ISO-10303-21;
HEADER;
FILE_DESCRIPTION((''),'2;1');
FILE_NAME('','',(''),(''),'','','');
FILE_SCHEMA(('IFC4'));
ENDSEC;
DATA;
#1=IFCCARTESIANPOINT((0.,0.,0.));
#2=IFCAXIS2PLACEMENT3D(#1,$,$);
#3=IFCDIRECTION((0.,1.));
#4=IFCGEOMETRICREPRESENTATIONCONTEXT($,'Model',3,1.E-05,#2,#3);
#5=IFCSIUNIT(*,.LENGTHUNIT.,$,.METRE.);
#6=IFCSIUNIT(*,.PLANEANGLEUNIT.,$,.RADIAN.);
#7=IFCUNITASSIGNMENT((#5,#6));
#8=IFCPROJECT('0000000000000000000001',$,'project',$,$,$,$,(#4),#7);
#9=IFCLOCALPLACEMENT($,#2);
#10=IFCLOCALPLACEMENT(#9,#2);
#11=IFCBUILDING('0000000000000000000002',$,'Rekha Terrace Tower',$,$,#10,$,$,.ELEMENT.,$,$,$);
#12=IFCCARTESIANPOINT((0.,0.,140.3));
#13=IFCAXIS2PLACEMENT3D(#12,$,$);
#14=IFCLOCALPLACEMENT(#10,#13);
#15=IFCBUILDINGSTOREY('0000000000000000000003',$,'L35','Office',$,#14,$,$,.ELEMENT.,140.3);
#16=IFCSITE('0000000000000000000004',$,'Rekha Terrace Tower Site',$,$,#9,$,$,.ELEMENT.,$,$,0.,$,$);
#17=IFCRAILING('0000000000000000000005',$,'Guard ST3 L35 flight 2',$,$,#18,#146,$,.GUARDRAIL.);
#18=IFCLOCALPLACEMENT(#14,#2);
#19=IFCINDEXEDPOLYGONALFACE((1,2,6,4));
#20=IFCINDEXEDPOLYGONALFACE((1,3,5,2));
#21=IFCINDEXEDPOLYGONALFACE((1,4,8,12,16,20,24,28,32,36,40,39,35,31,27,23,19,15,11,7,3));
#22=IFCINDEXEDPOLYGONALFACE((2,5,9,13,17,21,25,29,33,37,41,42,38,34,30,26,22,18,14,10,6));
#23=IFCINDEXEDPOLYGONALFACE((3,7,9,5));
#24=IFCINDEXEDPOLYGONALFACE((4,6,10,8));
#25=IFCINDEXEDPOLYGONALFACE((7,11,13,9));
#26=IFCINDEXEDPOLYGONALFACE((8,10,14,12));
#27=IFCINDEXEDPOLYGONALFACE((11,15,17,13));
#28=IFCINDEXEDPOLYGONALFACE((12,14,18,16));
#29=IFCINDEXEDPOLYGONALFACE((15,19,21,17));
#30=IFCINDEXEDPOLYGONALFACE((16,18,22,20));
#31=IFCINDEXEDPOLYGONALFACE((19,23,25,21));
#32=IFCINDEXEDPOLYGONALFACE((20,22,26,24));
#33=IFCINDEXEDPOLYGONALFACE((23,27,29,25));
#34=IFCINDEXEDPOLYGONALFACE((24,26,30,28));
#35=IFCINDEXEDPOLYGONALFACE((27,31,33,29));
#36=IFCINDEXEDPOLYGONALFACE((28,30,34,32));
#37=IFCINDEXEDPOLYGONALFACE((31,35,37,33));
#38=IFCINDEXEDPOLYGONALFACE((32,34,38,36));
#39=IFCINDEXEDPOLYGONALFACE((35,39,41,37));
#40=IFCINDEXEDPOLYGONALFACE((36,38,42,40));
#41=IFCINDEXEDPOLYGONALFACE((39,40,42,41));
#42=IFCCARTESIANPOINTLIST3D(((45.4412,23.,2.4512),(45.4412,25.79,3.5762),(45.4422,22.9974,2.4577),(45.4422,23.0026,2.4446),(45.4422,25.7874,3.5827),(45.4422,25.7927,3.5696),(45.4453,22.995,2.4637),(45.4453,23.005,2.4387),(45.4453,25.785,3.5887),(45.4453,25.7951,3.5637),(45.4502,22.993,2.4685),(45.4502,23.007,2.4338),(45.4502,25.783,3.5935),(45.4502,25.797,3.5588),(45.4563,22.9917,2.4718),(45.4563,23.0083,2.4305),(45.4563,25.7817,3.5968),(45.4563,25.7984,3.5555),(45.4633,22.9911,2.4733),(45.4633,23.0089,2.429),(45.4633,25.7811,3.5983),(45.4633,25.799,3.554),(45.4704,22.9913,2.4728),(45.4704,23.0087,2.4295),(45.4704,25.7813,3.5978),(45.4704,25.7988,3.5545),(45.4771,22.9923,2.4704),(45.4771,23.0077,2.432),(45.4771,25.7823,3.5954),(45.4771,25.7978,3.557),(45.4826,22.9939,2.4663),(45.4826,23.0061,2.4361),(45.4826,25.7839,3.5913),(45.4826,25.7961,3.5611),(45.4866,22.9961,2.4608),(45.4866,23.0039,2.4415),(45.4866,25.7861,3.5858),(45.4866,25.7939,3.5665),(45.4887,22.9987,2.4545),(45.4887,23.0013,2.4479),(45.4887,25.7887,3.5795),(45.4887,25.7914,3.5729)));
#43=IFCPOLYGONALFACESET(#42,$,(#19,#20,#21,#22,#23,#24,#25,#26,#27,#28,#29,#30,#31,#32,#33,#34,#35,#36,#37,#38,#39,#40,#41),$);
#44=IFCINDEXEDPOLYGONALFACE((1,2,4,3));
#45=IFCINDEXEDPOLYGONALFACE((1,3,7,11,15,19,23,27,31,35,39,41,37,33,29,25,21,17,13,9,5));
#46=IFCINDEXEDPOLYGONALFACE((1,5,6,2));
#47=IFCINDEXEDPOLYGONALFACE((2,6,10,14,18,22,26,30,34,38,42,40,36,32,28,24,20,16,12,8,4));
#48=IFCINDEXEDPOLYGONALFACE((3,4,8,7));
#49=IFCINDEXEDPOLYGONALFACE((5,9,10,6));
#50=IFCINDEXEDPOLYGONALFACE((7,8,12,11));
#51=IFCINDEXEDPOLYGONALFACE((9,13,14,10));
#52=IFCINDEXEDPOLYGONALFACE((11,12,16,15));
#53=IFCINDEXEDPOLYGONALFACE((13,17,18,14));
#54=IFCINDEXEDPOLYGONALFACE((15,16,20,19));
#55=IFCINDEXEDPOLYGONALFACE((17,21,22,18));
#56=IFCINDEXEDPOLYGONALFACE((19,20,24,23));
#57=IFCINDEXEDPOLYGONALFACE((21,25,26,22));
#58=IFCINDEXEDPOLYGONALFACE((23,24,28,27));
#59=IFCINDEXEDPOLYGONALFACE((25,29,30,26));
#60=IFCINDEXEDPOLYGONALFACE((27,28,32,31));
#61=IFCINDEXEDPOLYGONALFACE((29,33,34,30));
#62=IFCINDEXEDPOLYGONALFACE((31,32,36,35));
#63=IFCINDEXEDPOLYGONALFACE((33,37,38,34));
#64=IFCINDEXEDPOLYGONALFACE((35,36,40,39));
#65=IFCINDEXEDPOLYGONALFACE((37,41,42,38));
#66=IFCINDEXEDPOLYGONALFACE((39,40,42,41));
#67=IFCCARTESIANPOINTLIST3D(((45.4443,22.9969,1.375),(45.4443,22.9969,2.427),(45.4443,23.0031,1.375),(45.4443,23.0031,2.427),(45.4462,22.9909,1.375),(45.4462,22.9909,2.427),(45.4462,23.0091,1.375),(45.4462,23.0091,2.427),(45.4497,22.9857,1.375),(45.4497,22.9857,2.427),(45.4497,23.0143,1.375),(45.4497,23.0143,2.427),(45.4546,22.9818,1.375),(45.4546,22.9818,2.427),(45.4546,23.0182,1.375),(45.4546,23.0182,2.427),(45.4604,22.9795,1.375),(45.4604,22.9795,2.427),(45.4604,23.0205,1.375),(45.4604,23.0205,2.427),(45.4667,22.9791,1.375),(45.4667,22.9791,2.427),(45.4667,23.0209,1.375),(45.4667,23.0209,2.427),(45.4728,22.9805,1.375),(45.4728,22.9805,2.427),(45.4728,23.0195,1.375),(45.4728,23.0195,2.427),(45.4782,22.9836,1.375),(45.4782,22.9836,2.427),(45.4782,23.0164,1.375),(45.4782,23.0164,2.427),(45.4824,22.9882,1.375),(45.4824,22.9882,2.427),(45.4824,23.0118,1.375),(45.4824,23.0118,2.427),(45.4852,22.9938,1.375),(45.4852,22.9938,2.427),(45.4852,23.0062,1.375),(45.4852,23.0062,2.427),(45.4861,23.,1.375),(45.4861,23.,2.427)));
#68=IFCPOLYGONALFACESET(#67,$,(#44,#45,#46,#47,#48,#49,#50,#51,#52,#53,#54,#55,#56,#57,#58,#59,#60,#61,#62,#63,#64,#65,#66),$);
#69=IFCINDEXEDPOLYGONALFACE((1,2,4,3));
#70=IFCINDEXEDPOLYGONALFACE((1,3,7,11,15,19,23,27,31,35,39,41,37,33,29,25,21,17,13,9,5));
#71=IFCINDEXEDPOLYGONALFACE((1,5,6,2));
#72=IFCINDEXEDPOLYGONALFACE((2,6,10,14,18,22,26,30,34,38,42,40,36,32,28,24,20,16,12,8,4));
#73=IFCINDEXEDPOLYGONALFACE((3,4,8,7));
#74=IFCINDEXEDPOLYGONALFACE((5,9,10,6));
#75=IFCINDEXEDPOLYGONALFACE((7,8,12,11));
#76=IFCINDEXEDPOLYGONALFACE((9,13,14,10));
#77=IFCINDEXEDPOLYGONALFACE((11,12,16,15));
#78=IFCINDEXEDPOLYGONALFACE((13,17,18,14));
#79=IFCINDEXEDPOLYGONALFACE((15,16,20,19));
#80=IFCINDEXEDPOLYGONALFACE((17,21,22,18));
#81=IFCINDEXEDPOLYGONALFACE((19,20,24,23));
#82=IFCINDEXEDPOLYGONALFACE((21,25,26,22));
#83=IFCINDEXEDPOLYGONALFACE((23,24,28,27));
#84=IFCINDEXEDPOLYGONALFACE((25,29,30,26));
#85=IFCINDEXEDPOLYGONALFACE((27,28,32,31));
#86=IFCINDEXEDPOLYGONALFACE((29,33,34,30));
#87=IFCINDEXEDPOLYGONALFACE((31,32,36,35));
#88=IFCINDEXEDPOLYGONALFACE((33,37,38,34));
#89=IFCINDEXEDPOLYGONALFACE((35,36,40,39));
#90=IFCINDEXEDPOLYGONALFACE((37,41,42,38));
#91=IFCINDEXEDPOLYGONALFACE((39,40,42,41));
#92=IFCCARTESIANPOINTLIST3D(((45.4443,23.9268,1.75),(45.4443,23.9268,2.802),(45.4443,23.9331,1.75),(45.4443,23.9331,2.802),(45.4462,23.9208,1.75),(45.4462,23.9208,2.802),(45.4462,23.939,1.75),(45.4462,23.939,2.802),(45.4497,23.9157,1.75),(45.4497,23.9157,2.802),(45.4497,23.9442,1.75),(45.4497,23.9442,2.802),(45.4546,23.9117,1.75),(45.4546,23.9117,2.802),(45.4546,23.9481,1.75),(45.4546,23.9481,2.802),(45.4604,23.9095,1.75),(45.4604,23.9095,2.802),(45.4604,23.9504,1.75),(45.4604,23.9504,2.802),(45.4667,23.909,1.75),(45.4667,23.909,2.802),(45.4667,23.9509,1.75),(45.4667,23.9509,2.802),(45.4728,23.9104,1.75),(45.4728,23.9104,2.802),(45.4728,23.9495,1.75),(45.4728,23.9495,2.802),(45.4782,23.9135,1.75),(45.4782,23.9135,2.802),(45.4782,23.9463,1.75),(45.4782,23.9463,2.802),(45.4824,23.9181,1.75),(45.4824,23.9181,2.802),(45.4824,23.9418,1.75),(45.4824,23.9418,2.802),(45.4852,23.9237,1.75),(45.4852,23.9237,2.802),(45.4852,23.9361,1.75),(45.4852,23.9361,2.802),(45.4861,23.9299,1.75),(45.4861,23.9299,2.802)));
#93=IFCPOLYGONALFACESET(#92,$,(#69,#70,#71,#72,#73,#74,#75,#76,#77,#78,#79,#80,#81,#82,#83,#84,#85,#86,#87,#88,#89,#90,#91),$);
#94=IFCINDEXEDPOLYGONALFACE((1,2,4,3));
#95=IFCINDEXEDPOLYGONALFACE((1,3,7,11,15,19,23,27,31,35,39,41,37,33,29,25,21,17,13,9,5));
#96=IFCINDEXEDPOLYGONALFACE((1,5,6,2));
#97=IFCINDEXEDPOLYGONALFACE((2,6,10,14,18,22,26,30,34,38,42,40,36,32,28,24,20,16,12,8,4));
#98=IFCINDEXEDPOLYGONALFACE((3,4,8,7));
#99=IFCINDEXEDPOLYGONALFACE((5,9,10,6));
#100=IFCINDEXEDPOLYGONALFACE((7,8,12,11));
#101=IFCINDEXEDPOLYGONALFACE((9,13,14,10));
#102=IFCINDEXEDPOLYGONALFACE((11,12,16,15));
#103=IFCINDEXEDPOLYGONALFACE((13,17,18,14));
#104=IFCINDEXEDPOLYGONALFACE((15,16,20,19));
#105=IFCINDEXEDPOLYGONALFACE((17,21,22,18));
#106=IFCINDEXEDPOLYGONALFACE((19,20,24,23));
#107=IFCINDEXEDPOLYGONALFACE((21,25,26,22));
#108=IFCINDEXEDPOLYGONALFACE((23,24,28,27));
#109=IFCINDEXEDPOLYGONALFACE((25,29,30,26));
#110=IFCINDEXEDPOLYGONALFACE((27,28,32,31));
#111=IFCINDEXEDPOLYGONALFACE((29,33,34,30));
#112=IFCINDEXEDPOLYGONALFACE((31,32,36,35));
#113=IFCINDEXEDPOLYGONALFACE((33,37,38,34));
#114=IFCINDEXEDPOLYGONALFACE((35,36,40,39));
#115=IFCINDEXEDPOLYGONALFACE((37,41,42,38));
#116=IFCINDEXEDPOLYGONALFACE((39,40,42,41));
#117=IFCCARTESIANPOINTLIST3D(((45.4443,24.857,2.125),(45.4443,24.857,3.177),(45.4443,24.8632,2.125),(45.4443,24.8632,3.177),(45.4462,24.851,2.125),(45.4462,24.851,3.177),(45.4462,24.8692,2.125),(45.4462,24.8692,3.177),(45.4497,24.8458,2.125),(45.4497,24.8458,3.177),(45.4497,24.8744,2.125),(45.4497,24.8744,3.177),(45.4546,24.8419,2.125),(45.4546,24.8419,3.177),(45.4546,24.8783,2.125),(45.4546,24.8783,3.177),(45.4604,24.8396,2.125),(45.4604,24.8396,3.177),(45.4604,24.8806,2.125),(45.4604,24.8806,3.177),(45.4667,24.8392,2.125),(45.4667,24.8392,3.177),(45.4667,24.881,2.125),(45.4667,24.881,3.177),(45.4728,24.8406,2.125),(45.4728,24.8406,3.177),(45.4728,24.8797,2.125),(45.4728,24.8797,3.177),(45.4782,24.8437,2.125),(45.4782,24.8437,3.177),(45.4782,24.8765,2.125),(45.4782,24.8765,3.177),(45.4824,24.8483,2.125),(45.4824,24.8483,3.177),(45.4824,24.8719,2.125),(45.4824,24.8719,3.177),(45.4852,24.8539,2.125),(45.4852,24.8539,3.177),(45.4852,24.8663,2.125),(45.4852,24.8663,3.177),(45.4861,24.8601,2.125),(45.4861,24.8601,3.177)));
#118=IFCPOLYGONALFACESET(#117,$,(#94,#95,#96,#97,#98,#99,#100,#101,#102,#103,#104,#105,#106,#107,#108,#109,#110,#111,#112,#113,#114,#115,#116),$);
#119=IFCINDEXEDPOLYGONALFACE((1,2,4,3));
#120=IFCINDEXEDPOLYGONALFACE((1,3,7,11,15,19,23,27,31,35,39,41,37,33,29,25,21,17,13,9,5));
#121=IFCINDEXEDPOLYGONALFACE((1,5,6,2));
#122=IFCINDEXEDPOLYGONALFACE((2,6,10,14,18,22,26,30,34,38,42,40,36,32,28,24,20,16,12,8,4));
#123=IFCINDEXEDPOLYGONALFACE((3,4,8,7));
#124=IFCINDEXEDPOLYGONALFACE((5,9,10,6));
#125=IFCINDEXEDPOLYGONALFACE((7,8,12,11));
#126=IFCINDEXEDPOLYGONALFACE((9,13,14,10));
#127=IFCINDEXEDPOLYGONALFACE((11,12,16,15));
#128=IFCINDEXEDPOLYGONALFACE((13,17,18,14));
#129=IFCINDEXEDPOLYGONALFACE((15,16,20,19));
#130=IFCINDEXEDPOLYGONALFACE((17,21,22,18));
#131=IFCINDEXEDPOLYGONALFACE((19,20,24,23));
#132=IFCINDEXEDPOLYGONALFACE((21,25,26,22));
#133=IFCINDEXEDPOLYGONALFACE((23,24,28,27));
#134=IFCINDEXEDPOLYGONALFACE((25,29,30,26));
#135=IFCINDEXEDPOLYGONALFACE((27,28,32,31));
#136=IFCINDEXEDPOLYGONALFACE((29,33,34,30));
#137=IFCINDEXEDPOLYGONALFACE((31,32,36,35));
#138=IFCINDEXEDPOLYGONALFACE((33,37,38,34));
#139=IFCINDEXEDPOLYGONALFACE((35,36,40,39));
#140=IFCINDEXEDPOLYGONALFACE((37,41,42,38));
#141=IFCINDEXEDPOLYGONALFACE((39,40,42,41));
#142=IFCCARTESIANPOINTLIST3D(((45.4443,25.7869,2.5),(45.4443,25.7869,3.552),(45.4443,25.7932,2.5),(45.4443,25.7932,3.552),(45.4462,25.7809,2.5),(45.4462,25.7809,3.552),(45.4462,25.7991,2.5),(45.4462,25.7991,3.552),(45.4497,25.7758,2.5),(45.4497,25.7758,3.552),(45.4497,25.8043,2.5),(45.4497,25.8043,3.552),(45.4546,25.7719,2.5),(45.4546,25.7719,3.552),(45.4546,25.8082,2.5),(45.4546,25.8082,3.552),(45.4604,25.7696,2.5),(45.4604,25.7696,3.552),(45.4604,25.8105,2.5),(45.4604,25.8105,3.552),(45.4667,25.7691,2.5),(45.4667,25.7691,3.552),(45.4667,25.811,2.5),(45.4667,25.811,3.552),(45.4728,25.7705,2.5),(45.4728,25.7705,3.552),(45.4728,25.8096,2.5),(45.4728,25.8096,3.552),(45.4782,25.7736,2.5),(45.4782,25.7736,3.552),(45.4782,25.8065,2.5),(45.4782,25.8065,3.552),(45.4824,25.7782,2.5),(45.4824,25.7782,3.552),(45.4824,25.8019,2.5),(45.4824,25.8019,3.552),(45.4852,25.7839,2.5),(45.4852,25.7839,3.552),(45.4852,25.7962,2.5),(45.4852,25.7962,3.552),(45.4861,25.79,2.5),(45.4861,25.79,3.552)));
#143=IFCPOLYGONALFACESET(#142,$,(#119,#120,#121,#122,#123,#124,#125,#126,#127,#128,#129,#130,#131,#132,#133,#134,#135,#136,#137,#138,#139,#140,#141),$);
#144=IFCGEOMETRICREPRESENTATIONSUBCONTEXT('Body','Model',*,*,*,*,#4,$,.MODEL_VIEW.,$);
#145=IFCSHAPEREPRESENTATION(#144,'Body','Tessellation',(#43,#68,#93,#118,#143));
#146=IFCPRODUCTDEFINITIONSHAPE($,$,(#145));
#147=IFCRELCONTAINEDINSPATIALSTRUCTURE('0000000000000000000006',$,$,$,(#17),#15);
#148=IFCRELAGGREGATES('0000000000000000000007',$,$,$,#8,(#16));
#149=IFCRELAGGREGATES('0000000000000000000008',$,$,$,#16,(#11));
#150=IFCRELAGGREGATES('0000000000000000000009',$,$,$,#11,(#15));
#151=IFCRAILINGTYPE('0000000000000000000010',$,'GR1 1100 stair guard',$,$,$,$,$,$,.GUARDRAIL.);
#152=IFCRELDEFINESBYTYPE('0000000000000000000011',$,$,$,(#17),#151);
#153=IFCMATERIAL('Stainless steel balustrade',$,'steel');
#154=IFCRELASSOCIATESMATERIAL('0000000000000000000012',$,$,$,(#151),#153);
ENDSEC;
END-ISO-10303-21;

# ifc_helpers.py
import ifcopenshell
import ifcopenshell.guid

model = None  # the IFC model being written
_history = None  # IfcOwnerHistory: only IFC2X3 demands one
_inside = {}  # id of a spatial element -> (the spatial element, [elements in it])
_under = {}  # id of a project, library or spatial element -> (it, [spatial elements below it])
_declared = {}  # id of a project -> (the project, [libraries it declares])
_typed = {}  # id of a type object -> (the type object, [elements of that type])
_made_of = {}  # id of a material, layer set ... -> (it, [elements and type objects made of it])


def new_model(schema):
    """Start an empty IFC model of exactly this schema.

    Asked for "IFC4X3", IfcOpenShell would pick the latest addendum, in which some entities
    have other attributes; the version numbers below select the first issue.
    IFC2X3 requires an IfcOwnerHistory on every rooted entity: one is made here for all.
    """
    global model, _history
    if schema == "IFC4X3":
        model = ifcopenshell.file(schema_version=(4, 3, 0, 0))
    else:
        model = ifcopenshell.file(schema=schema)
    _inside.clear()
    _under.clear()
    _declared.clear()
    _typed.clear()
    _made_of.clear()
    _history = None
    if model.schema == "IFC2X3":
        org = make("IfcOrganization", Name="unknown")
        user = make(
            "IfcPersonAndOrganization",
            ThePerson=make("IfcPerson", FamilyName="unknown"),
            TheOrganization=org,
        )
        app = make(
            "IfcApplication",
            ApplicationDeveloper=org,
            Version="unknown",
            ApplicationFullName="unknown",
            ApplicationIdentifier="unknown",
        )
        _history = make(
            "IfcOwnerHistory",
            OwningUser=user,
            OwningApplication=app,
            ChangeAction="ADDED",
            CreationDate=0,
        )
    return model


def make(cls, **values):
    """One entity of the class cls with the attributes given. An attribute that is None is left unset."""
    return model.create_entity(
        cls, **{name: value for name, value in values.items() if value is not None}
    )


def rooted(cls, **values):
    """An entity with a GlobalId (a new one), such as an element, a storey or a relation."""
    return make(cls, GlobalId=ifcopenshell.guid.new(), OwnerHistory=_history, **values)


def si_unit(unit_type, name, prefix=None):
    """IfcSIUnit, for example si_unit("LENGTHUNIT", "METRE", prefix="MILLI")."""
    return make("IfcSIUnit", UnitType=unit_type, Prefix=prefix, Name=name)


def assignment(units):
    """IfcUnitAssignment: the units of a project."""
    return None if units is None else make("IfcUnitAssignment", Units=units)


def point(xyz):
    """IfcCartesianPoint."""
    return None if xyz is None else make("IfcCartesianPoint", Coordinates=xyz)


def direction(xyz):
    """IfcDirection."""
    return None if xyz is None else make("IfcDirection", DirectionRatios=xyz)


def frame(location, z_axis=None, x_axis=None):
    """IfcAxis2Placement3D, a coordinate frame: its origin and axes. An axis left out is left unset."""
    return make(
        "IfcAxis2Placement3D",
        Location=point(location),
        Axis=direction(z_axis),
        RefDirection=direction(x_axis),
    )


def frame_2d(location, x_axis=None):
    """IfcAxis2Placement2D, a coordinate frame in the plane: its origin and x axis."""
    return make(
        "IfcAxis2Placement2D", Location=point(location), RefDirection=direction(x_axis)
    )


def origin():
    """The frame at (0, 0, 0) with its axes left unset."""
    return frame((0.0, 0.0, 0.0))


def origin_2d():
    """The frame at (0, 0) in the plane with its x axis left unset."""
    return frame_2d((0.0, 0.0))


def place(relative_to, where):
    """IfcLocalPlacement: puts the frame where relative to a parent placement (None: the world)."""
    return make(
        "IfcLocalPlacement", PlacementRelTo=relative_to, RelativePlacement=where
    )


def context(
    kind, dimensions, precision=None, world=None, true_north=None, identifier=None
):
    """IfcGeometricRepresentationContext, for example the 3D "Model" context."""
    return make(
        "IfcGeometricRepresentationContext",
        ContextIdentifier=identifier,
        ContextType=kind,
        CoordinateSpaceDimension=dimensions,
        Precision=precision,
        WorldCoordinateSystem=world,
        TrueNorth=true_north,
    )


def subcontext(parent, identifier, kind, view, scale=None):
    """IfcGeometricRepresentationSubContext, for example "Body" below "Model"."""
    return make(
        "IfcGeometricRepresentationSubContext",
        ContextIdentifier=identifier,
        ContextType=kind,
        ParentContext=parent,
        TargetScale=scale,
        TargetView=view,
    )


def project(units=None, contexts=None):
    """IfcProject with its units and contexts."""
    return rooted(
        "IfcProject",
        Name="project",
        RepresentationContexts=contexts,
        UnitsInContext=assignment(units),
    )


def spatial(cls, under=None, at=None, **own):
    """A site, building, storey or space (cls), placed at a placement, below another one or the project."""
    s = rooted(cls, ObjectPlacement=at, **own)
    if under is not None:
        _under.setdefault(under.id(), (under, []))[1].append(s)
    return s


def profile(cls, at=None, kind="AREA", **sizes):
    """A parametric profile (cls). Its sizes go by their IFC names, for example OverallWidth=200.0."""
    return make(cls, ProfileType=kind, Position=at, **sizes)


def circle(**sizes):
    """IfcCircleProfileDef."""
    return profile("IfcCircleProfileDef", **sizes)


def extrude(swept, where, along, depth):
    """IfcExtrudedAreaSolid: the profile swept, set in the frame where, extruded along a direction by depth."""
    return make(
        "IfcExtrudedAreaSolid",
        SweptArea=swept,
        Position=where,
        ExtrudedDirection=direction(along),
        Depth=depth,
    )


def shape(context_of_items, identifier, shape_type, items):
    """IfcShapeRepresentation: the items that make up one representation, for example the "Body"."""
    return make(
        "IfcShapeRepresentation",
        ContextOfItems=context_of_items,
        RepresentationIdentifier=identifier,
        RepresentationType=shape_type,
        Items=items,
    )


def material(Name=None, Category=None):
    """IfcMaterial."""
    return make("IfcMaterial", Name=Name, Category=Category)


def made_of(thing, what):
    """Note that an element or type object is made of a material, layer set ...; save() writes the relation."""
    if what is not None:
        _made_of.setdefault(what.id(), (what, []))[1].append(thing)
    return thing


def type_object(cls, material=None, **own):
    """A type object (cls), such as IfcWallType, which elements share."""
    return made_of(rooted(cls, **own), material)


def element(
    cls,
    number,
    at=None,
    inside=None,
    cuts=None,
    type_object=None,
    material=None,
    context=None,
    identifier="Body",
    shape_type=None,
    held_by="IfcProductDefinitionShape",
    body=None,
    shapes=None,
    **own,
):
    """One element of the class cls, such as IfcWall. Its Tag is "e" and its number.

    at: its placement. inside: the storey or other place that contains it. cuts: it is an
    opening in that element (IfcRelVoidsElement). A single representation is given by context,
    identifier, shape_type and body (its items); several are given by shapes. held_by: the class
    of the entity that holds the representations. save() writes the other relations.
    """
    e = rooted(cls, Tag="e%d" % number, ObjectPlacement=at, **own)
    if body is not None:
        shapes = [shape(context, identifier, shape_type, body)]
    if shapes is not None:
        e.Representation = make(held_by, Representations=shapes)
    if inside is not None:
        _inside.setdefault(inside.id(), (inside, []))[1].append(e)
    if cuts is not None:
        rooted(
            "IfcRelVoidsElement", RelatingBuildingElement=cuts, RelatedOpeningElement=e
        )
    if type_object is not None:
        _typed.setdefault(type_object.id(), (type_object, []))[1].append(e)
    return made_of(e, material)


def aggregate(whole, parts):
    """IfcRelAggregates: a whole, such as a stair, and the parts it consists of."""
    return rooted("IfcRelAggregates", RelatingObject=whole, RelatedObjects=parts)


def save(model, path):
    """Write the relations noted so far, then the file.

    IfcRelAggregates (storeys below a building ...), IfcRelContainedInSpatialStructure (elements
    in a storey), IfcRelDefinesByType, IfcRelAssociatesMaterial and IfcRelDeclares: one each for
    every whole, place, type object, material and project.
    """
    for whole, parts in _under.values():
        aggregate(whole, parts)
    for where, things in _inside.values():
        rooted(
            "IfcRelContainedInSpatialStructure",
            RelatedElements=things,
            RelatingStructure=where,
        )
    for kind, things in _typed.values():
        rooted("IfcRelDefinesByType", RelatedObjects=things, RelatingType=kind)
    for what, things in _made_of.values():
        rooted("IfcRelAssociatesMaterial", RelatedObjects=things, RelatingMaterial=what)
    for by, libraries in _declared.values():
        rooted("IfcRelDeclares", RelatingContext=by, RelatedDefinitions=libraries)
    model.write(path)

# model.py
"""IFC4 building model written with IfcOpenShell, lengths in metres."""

from ifc_helpers import new_model, si_unit, direction, frame, origin, origin_2d, place, context, subcontext, project, spatial, circle, extrude, material, type_object, element, save


model = new_model("IFC4")

# Units and contexts
model_context = context("Model", 3, precision=1e-05, world=origin(), true_north=direction((0.0, 1.0)))
body_context = subcontext(model_context, "Body", "Model", "MODEL_VIEW")
ifc_project = project(units=[si_unit("LENGTHUNIT", "METRE"), si_unit("PLANEANGLEUNIT", "RADIAN")], contexts=[model_context])

# Site, building, storey
site_placement = place(None, origin())
site = spatial("IfcSite", under=ifc_project, at=site_placement, Name="Rekha Terrace Tower Site", CompositionType="ELEMENT", RefElevation=0.0)
building_placement = place(site_placement, origin())
building = spatial("IfcBuilding", under=site, at=building_placement, Name="Rekha Terrace Tower", CompositionType="ELEMENT")
storey_placement = place(building_placement, frame((0.0, 0.0, 140.3)))
storey = spatial("IfcBuildingStorey", under=building, at=storey_placement, Name="L35", Description="Office", CompositionType="ELEMENT", Elevation=140.3)

# Railing
ifc_material_1 = material(Name="Stainless steel balustrade", Category="steel")
railing_type_1 = type_object("IfcRailingType", Name="GR1 1100 stair guard", PredefinedType="GUARDRAIL", material=ifc_material_1)
railing_1_placement = place(storey_placement, frame((45.4651, 23.0, 1.375)))
element("IfcRailing", 1, at=railing_1_placement, inside=storey, type_object=railing_type_1, Name="Guard ST3 L35 flight 2", PredefinedType="GUARDRAIL", context=body_context, shape_type="SweptSolid", body=[
    extrude(circle(Radius=0.0239, at=origin_2d()), frame((0.0, 0.0, 1.0762), z_axis=(0.0, 0.927443, 0.373964), x_axis=(-1.0, 0.0, 0.0)), (0.0, 0.0, 1.0), 3.0083),
    extrude(circle(Radius=0.021, at=origin_2d()), origin(), (0.0, 0.0, 1.0), 1.052),
    extrude(circle(Radius=0.021, at=origin_2d()), frame((0.0, 0.9299, 0.375)), (0.0, 0.0, 1.0), 1.052),
    extrude(circle(Radius=0.021, at=origin_2d()), frame((0.0, 1.8601, 0.75)), (0.0, 0.0, 1.0), 1.052),
    extrude(circle(Radius=0.021, at=origin_2d()), frame((0.0, 2.79, 1.125)), (0.0, 0.0, 1.0), 1.052),
])

save(model, "model.ifc")
